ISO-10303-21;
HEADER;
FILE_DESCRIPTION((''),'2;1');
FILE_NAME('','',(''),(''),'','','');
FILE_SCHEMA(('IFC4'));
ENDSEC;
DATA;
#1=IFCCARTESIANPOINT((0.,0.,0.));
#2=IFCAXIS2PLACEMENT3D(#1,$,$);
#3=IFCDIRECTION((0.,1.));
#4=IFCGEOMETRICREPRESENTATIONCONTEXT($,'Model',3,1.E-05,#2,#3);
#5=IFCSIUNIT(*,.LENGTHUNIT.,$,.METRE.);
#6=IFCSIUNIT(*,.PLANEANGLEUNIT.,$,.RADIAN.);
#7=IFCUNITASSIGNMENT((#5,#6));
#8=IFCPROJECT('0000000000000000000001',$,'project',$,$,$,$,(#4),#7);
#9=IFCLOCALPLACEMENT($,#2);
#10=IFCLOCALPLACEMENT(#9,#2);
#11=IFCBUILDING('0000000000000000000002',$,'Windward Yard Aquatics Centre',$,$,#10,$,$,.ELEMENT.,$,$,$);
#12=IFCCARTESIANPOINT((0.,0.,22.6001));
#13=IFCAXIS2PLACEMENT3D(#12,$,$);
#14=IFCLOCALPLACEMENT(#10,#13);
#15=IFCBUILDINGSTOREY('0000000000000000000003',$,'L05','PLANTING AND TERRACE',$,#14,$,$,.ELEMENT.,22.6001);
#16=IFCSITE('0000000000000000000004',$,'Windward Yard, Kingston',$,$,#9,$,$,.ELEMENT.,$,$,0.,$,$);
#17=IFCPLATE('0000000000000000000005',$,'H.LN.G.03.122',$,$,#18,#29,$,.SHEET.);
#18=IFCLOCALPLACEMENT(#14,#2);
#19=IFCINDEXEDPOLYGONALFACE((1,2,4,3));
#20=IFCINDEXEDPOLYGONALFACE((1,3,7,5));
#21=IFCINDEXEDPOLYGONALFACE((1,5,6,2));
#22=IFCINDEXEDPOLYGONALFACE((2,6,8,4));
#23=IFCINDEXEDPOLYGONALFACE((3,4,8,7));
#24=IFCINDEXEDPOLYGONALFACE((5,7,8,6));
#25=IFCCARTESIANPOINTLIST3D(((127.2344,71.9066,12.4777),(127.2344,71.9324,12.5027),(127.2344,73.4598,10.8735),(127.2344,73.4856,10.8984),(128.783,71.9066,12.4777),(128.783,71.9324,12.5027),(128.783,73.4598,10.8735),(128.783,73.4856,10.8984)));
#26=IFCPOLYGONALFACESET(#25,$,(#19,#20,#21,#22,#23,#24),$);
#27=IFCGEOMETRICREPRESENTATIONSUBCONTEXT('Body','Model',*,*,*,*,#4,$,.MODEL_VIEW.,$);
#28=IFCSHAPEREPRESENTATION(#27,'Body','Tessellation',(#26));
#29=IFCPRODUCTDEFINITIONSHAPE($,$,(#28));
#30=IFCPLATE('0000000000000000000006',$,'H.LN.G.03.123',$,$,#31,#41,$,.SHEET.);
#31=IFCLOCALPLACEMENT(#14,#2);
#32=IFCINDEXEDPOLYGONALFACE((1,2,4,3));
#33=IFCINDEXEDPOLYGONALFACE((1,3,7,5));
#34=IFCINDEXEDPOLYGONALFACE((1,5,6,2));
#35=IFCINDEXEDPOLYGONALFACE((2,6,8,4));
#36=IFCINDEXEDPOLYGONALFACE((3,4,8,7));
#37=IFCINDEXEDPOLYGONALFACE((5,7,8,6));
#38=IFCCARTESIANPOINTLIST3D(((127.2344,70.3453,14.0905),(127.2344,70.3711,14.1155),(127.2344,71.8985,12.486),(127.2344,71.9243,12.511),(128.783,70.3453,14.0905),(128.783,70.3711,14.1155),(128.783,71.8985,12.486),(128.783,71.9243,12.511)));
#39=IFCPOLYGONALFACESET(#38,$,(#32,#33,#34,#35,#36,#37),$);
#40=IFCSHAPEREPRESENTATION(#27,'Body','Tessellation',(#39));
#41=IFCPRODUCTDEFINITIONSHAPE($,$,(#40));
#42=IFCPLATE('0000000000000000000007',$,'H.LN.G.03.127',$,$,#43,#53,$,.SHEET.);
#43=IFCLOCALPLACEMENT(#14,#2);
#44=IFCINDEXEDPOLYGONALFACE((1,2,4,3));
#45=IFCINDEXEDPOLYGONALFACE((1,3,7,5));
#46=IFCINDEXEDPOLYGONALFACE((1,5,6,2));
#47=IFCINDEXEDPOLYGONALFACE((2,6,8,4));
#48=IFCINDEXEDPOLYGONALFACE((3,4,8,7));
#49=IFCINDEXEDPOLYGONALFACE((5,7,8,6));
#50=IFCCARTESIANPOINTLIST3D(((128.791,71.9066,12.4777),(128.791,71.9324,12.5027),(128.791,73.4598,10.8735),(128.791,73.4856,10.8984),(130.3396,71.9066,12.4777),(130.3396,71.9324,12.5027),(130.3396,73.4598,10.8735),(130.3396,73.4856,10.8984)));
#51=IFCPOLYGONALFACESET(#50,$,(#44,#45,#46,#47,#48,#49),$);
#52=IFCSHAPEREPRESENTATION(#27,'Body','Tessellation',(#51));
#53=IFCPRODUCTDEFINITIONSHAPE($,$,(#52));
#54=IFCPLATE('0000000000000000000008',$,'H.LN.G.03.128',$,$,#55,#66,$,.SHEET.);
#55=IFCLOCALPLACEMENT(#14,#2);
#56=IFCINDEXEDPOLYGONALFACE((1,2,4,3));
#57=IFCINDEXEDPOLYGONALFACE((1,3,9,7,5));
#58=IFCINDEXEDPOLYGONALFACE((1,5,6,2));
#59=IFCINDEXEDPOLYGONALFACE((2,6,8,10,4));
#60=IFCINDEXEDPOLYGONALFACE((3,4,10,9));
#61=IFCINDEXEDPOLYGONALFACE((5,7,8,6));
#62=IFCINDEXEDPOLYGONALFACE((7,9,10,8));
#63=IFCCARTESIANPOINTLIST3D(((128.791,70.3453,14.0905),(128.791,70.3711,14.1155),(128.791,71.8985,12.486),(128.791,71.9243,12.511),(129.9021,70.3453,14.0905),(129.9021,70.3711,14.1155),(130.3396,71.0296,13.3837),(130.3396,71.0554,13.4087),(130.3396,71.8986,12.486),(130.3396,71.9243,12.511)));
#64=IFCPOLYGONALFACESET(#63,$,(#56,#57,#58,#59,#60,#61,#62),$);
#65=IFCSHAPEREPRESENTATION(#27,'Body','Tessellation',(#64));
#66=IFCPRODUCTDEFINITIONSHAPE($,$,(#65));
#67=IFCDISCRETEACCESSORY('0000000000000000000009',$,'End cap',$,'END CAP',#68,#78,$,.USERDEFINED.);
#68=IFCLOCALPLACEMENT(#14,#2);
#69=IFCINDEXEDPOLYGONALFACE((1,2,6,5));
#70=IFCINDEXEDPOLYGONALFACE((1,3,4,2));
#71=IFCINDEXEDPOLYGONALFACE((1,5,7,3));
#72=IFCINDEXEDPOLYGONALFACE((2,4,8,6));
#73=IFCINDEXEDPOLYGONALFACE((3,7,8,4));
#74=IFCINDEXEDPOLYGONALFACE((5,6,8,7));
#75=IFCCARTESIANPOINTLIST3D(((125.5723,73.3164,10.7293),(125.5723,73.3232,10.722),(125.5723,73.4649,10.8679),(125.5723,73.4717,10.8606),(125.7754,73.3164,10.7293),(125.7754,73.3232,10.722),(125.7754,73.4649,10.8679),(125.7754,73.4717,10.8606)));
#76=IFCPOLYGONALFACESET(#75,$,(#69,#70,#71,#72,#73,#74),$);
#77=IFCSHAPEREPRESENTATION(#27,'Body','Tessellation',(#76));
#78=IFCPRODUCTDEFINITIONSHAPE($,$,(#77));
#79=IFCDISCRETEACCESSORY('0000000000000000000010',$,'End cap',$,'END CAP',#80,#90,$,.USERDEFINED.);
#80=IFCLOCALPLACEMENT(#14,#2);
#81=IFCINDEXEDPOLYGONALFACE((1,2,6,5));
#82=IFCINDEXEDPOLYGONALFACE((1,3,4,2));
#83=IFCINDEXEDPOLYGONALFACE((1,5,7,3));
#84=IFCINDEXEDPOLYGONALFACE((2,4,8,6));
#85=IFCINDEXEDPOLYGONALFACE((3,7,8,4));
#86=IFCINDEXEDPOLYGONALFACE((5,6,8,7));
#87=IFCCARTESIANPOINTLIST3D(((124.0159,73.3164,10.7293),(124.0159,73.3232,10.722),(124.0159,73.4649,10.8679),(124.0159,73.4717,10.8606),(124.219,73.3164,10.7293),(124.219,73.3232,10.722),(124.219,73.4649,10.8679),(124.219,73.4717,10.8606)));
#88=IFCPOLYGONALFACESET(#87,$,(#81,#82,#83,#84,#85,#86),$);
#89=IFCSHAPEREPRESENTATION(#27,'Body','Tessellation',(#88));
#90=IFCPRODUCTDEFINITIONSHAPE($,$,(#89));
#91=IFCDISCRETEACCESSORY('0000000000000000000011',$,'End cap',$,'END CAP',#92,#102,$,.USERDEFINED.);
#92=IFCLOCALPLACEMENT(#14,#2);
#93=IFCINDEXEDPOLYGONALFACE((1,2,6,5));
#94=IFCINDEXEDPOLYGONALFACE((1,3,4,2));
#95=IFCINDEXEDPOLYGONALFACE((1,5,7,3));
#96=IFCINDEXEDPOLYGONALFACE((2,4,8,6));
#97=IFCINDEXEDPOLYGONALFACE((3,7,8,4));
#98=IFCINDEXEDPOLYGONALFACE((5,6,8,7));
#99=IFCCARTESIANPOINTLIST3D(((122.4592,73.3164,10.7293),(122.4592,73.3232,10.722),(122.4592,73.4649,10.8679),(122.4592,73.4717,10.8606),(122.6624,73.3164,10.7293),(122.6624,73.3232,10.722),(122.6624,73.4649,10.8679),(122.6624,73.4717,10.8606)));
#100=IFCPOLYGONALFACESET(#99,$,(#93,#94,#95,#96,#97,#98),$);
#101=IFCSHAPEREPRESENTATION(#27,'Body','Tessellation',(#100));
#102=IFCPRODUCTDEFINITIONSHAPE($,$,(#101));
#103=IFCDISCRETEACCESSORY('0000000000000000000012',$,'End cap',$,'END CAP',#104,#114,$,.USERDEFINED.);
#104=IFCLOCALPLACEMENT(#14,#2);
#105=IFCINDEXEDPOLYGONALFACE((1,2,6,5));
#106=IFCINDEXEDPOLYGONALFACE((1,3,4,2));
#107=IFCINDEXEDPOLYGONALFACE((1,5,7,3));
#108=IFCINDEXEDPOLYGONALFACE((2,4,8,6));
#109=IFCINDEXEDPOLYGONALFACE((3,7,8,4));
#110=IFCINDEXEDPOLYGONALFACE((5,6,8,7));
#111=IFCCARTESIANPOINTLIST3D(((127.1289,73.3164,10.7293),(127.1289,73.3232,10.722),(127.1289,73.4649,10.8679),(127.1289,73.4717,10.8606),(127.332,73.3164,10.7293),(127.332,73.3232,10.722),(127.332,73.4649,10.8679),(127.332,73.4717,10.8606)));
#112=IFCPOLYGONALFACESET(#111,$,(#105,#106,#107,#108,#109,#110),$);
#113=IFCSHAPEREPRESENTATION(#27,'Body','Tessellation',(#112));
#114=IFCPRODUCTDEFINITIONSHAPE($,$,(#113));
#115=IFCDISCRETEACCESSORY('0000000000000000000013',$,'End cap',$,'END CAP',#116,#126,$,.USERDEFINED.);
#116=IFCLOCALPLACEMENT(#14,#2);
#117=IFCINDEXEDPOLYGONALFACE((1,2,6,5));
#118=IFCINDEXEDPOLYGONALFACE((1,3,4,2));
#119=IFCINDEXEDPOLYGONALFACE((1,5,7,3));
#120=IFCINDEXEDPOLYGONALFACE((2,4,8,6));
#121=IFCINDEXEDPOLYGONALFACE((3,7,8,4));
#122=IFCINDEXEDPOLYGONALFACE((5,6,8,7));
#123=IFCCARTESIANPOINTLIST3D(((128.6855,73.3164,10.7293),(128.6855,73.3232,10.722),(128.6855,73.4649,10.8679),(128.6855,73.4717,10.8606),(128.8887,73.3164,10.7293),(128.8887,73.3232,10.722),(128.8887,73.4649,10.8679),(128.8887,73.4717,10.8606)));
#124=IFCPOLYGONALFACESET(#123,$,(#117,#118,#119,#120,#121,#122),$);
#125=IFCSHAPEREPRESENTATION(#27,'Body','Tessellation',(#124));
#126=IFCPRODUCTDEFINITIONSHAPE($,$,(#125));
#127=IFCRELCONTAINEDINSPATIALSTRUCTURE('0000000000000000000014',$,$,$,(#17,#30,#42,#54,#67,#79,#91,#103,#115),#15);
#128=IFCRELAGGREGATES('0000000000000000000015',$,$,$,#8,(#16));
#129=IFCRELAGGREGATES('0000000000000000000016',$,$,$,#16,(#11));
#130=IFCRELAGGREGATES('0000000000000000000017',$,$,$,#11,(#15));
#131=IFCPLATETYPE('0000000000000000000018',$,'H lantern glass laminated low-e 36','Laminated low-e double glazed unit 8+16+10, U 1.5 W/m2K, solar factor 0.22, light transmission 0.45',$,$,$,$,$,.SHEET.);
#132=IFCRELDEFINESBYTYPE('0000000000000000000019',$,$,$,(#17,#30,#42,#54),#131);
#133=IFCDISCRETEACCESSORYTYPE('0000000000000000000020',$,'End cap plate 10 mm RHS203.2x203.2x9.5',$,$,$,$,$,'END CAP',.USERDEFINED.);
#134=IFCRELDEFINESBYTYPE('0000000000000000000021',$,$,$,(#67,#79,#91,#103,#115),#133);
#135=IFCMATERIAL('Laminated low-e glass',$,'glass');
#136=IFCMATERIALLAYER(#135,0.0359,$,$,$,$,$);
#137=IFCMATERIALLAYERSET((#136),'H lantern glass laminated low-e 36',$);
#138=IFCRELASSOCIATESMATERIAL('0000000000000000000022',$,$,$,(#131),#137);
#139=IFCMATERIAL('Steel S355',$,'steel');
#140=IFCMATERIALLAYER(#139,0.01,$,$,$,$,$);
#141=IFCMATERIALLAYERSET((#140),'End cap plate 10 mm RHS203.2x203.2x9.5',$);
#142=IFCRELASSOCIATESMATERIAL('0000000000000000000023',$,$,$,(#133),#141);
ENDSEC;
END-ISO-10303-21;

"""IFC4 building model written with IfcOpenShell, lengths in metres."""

from ifc_helpers import new_model, si_unit, direction, frame, origin, origin_2d, place, context, subcontext, project, spatial, polyline, rectangle, outline, extrude, material, layer, layer_set, type_object, element, save


model = new_model("IFC4")

# Units and contexts
model_context = context("Model", 3, precision=1e-05, world=origin(), true_north=direction((0.0, 1.0)))
body_context = subcontext(model_context, "Body", "Model", "MODEL_VIEW")
ifc_project = project(units=[si_unit("LENGTHUNIT", "METRE"), si_unit("PLANEANGLEUNIT", "RADIAN")], contexts=[model_context])

# Site, building, storey
site_placement = place(None, origin())
site = spatial("IfcSite", under=ifc_project, at=site_placement, Name="Windward Yard, Kingston", CompositionType="ELEMENT", RefElevation=0.0)
building_placement = place(site_placement, origin())
building = spatial("IfcBuilding", under=site, at=building_placement, Name="Windward Yard Aquatics Centre", CompositionType="ELEMENT")
storey_placement = place(building_placement, frame((0.0, 0.0, 22.6001)))
storey = spatial("IfcBuildingStorey", under=building, at=storey_placement, Name="L05", Description="PLANTING AND TERRACE", CompositionType="ELEMENT", Elevation=22.6001)

# Plates
ifc_material_1 = material(Name="Laminated low-e glass", Category="glass")
ifc_layer_1 = layer(ifc_material_1, 0.0359)
ifc_layer_set_1 = layer_set([ifc_layer_1], Name="H lantern glass laminated low-e 36")
plate_type = type_object("IfcPlateType", Name="H lantern glass laminated low-e 36", Description="Laminated low-e double glazed unit 8+16+10, U 1.5 W/m2K, solar factor 0.22, light transmission 0.45", PredefinedType="SHEET", material=ifc_layer_set_1)
plate_1_placement = place(storey_placement, frame((127.2344, 71.9324, 12.5027), z_axis=(0.0, 0.71844, 0.695589), x_axis=(0.0, 0.695589, -0.71844)))
element("IfcPlate", 1, at=plate_1_placement, inside=storey, type_object=plate_type, Name="H.LN.G.03.122", PredefinedType="SHEET", context=body_context, shape_type="SweptSolid", body=[
    extrude(outline(polyline([(0.0, 0.0), (2.233, 0.0), (2.233, -1.5486), (0.0, -1.5486), (0.0, 0.0)])), origin(), (0.0, 0.0, -1.0), 0.0359),
])
plate_2_placement = place(storey_placement, frame((127.2344, 70.3711, 14.1155), z_axis=(0.0, 0.718493, 0.695534), x_axis=(0.0, 0.695534, -0.718493)))
element("IfcPlate", 2, at=plate_2_placement, inside=storey, type_object=plate_type, Name="H.LN.G.03.123", PredefinedType="SHEET", context=body_context, shape_type="SweptSolid", body=[
    extrude(outline(polyline([(0.0, 0.0), (2.2331, 0.0), (2.2331, -1.5486), (0.0, -1.5486), (0.0, 0.0)])), origin(), (0.0, 0.0, -1.0), 0.0359),
])
plate_3_placement = place(storey_placement, frame((128.791, 71.9324, 12.5027), z_axis=(0.0, 0.71844, 0.695589), x_axis=(0.0, 0.695589, -0.71844)))
element("IfcPlate", 3, at=plate_3_placement, inside=storey, type_object=plate_type, Name="H.LN.G.03.127", PredefinedType="SHEET", context=body_context, shape_type="SweptSolid", body=[
    extrude(outline(polyline([(0.0, 0.0), (2.233, 0.0), (2.233, -1.5486), (0.0, -1.5486), (0.0, 0.0)])), origin(), (0.0, 0.0, -1.0), 0.0359),
])
plate_4_placement = place(storey_placement, frame((128.791, 70.3711, 14.1155), z_axis=(-0.000031, 0.718497, 0.69553), x_axis=(0.0, 0.69553, -0.718497)))
element("IfcPlate", 4, at=plate_4_placement, inside=storey, type_object=plate_type, Name="H.LN.G.03.128", PredefinedType="SHEET", context=body_context, shape_type="SweptSolid", body=[
    extrude(outline(polyline([(0.0, 0.0), (2.2331, 0.0), (2.2331, -1.5486), (0.9838, -1.5486), (0.0, -1.1111), (0.0, 0.0)])), origin(), (0.0, 0.0, -1.0), 0.0359),
])

# Discrete accessories
ifc_material_2 = material(Name="Steel S355", Category="steel")
ifc_layer_2 = layer(ifc_material_2, 0.01)
ifc_layer_set_2 = layer_set([ifc_layer_2], Name="End cap plate 10 mm RHS203.2x203.2x9.5")
discrete_accessory_type = type_object("IfcDiscreteAccessoryType", Name="End cap plate 10 mm RHS203.2x203.2x9.5", ElementType="END CAP", PredefinedType="USERDEFINED", material=ifc_layer_set_2)
for number, where, z_axis, x_axis, name in (
    (5, (125.6738, 73.3975, 10.7913), (0.0, -0.682318, 0.731055), (1.0, 0.0, 0.0), "End cap"),
    (6, (124.1174, 73.3975, 10.7913), (0.0, -0.682318, 0.731055), (1.0, 0.0, 0.0), "End cap"),
    (7, (122.5608, 73.3975, 10.7913), (0.0, -0.682318, 0.731055), (1.0, 0.0, 0.0), "End cap"),
    (8, (127.2305, 73.3975, 10.7913), (0.0, -0.682318, 0.731055), (1.0, 0.0, 0.0), "End cap"),
    (9, (128.7871, 73.3975, 10.7913), (0.0, -0.682318, 0.731055), (1.0, 0.0, 0.0), "End cap"),
):
    element("IfcDiscreteAccessory", number, at=place(storey_placement, frame(where, z_axis=z_axis, x_axis=x_axis)), inside=storey, type_object=discrete_accessory_type, Name=name, ObjectType="END CAP", PredefinedType="USERDEFINED", context=body_context, shape_type="SweptSolid", body=[
        extrude(rectangle(XDim=0.2031, YDim=0.2031, at=origin_2d()), origin(), (0.0, 0.0, 1.0), 0.01),
    ])

save(model, "model.ifc")
